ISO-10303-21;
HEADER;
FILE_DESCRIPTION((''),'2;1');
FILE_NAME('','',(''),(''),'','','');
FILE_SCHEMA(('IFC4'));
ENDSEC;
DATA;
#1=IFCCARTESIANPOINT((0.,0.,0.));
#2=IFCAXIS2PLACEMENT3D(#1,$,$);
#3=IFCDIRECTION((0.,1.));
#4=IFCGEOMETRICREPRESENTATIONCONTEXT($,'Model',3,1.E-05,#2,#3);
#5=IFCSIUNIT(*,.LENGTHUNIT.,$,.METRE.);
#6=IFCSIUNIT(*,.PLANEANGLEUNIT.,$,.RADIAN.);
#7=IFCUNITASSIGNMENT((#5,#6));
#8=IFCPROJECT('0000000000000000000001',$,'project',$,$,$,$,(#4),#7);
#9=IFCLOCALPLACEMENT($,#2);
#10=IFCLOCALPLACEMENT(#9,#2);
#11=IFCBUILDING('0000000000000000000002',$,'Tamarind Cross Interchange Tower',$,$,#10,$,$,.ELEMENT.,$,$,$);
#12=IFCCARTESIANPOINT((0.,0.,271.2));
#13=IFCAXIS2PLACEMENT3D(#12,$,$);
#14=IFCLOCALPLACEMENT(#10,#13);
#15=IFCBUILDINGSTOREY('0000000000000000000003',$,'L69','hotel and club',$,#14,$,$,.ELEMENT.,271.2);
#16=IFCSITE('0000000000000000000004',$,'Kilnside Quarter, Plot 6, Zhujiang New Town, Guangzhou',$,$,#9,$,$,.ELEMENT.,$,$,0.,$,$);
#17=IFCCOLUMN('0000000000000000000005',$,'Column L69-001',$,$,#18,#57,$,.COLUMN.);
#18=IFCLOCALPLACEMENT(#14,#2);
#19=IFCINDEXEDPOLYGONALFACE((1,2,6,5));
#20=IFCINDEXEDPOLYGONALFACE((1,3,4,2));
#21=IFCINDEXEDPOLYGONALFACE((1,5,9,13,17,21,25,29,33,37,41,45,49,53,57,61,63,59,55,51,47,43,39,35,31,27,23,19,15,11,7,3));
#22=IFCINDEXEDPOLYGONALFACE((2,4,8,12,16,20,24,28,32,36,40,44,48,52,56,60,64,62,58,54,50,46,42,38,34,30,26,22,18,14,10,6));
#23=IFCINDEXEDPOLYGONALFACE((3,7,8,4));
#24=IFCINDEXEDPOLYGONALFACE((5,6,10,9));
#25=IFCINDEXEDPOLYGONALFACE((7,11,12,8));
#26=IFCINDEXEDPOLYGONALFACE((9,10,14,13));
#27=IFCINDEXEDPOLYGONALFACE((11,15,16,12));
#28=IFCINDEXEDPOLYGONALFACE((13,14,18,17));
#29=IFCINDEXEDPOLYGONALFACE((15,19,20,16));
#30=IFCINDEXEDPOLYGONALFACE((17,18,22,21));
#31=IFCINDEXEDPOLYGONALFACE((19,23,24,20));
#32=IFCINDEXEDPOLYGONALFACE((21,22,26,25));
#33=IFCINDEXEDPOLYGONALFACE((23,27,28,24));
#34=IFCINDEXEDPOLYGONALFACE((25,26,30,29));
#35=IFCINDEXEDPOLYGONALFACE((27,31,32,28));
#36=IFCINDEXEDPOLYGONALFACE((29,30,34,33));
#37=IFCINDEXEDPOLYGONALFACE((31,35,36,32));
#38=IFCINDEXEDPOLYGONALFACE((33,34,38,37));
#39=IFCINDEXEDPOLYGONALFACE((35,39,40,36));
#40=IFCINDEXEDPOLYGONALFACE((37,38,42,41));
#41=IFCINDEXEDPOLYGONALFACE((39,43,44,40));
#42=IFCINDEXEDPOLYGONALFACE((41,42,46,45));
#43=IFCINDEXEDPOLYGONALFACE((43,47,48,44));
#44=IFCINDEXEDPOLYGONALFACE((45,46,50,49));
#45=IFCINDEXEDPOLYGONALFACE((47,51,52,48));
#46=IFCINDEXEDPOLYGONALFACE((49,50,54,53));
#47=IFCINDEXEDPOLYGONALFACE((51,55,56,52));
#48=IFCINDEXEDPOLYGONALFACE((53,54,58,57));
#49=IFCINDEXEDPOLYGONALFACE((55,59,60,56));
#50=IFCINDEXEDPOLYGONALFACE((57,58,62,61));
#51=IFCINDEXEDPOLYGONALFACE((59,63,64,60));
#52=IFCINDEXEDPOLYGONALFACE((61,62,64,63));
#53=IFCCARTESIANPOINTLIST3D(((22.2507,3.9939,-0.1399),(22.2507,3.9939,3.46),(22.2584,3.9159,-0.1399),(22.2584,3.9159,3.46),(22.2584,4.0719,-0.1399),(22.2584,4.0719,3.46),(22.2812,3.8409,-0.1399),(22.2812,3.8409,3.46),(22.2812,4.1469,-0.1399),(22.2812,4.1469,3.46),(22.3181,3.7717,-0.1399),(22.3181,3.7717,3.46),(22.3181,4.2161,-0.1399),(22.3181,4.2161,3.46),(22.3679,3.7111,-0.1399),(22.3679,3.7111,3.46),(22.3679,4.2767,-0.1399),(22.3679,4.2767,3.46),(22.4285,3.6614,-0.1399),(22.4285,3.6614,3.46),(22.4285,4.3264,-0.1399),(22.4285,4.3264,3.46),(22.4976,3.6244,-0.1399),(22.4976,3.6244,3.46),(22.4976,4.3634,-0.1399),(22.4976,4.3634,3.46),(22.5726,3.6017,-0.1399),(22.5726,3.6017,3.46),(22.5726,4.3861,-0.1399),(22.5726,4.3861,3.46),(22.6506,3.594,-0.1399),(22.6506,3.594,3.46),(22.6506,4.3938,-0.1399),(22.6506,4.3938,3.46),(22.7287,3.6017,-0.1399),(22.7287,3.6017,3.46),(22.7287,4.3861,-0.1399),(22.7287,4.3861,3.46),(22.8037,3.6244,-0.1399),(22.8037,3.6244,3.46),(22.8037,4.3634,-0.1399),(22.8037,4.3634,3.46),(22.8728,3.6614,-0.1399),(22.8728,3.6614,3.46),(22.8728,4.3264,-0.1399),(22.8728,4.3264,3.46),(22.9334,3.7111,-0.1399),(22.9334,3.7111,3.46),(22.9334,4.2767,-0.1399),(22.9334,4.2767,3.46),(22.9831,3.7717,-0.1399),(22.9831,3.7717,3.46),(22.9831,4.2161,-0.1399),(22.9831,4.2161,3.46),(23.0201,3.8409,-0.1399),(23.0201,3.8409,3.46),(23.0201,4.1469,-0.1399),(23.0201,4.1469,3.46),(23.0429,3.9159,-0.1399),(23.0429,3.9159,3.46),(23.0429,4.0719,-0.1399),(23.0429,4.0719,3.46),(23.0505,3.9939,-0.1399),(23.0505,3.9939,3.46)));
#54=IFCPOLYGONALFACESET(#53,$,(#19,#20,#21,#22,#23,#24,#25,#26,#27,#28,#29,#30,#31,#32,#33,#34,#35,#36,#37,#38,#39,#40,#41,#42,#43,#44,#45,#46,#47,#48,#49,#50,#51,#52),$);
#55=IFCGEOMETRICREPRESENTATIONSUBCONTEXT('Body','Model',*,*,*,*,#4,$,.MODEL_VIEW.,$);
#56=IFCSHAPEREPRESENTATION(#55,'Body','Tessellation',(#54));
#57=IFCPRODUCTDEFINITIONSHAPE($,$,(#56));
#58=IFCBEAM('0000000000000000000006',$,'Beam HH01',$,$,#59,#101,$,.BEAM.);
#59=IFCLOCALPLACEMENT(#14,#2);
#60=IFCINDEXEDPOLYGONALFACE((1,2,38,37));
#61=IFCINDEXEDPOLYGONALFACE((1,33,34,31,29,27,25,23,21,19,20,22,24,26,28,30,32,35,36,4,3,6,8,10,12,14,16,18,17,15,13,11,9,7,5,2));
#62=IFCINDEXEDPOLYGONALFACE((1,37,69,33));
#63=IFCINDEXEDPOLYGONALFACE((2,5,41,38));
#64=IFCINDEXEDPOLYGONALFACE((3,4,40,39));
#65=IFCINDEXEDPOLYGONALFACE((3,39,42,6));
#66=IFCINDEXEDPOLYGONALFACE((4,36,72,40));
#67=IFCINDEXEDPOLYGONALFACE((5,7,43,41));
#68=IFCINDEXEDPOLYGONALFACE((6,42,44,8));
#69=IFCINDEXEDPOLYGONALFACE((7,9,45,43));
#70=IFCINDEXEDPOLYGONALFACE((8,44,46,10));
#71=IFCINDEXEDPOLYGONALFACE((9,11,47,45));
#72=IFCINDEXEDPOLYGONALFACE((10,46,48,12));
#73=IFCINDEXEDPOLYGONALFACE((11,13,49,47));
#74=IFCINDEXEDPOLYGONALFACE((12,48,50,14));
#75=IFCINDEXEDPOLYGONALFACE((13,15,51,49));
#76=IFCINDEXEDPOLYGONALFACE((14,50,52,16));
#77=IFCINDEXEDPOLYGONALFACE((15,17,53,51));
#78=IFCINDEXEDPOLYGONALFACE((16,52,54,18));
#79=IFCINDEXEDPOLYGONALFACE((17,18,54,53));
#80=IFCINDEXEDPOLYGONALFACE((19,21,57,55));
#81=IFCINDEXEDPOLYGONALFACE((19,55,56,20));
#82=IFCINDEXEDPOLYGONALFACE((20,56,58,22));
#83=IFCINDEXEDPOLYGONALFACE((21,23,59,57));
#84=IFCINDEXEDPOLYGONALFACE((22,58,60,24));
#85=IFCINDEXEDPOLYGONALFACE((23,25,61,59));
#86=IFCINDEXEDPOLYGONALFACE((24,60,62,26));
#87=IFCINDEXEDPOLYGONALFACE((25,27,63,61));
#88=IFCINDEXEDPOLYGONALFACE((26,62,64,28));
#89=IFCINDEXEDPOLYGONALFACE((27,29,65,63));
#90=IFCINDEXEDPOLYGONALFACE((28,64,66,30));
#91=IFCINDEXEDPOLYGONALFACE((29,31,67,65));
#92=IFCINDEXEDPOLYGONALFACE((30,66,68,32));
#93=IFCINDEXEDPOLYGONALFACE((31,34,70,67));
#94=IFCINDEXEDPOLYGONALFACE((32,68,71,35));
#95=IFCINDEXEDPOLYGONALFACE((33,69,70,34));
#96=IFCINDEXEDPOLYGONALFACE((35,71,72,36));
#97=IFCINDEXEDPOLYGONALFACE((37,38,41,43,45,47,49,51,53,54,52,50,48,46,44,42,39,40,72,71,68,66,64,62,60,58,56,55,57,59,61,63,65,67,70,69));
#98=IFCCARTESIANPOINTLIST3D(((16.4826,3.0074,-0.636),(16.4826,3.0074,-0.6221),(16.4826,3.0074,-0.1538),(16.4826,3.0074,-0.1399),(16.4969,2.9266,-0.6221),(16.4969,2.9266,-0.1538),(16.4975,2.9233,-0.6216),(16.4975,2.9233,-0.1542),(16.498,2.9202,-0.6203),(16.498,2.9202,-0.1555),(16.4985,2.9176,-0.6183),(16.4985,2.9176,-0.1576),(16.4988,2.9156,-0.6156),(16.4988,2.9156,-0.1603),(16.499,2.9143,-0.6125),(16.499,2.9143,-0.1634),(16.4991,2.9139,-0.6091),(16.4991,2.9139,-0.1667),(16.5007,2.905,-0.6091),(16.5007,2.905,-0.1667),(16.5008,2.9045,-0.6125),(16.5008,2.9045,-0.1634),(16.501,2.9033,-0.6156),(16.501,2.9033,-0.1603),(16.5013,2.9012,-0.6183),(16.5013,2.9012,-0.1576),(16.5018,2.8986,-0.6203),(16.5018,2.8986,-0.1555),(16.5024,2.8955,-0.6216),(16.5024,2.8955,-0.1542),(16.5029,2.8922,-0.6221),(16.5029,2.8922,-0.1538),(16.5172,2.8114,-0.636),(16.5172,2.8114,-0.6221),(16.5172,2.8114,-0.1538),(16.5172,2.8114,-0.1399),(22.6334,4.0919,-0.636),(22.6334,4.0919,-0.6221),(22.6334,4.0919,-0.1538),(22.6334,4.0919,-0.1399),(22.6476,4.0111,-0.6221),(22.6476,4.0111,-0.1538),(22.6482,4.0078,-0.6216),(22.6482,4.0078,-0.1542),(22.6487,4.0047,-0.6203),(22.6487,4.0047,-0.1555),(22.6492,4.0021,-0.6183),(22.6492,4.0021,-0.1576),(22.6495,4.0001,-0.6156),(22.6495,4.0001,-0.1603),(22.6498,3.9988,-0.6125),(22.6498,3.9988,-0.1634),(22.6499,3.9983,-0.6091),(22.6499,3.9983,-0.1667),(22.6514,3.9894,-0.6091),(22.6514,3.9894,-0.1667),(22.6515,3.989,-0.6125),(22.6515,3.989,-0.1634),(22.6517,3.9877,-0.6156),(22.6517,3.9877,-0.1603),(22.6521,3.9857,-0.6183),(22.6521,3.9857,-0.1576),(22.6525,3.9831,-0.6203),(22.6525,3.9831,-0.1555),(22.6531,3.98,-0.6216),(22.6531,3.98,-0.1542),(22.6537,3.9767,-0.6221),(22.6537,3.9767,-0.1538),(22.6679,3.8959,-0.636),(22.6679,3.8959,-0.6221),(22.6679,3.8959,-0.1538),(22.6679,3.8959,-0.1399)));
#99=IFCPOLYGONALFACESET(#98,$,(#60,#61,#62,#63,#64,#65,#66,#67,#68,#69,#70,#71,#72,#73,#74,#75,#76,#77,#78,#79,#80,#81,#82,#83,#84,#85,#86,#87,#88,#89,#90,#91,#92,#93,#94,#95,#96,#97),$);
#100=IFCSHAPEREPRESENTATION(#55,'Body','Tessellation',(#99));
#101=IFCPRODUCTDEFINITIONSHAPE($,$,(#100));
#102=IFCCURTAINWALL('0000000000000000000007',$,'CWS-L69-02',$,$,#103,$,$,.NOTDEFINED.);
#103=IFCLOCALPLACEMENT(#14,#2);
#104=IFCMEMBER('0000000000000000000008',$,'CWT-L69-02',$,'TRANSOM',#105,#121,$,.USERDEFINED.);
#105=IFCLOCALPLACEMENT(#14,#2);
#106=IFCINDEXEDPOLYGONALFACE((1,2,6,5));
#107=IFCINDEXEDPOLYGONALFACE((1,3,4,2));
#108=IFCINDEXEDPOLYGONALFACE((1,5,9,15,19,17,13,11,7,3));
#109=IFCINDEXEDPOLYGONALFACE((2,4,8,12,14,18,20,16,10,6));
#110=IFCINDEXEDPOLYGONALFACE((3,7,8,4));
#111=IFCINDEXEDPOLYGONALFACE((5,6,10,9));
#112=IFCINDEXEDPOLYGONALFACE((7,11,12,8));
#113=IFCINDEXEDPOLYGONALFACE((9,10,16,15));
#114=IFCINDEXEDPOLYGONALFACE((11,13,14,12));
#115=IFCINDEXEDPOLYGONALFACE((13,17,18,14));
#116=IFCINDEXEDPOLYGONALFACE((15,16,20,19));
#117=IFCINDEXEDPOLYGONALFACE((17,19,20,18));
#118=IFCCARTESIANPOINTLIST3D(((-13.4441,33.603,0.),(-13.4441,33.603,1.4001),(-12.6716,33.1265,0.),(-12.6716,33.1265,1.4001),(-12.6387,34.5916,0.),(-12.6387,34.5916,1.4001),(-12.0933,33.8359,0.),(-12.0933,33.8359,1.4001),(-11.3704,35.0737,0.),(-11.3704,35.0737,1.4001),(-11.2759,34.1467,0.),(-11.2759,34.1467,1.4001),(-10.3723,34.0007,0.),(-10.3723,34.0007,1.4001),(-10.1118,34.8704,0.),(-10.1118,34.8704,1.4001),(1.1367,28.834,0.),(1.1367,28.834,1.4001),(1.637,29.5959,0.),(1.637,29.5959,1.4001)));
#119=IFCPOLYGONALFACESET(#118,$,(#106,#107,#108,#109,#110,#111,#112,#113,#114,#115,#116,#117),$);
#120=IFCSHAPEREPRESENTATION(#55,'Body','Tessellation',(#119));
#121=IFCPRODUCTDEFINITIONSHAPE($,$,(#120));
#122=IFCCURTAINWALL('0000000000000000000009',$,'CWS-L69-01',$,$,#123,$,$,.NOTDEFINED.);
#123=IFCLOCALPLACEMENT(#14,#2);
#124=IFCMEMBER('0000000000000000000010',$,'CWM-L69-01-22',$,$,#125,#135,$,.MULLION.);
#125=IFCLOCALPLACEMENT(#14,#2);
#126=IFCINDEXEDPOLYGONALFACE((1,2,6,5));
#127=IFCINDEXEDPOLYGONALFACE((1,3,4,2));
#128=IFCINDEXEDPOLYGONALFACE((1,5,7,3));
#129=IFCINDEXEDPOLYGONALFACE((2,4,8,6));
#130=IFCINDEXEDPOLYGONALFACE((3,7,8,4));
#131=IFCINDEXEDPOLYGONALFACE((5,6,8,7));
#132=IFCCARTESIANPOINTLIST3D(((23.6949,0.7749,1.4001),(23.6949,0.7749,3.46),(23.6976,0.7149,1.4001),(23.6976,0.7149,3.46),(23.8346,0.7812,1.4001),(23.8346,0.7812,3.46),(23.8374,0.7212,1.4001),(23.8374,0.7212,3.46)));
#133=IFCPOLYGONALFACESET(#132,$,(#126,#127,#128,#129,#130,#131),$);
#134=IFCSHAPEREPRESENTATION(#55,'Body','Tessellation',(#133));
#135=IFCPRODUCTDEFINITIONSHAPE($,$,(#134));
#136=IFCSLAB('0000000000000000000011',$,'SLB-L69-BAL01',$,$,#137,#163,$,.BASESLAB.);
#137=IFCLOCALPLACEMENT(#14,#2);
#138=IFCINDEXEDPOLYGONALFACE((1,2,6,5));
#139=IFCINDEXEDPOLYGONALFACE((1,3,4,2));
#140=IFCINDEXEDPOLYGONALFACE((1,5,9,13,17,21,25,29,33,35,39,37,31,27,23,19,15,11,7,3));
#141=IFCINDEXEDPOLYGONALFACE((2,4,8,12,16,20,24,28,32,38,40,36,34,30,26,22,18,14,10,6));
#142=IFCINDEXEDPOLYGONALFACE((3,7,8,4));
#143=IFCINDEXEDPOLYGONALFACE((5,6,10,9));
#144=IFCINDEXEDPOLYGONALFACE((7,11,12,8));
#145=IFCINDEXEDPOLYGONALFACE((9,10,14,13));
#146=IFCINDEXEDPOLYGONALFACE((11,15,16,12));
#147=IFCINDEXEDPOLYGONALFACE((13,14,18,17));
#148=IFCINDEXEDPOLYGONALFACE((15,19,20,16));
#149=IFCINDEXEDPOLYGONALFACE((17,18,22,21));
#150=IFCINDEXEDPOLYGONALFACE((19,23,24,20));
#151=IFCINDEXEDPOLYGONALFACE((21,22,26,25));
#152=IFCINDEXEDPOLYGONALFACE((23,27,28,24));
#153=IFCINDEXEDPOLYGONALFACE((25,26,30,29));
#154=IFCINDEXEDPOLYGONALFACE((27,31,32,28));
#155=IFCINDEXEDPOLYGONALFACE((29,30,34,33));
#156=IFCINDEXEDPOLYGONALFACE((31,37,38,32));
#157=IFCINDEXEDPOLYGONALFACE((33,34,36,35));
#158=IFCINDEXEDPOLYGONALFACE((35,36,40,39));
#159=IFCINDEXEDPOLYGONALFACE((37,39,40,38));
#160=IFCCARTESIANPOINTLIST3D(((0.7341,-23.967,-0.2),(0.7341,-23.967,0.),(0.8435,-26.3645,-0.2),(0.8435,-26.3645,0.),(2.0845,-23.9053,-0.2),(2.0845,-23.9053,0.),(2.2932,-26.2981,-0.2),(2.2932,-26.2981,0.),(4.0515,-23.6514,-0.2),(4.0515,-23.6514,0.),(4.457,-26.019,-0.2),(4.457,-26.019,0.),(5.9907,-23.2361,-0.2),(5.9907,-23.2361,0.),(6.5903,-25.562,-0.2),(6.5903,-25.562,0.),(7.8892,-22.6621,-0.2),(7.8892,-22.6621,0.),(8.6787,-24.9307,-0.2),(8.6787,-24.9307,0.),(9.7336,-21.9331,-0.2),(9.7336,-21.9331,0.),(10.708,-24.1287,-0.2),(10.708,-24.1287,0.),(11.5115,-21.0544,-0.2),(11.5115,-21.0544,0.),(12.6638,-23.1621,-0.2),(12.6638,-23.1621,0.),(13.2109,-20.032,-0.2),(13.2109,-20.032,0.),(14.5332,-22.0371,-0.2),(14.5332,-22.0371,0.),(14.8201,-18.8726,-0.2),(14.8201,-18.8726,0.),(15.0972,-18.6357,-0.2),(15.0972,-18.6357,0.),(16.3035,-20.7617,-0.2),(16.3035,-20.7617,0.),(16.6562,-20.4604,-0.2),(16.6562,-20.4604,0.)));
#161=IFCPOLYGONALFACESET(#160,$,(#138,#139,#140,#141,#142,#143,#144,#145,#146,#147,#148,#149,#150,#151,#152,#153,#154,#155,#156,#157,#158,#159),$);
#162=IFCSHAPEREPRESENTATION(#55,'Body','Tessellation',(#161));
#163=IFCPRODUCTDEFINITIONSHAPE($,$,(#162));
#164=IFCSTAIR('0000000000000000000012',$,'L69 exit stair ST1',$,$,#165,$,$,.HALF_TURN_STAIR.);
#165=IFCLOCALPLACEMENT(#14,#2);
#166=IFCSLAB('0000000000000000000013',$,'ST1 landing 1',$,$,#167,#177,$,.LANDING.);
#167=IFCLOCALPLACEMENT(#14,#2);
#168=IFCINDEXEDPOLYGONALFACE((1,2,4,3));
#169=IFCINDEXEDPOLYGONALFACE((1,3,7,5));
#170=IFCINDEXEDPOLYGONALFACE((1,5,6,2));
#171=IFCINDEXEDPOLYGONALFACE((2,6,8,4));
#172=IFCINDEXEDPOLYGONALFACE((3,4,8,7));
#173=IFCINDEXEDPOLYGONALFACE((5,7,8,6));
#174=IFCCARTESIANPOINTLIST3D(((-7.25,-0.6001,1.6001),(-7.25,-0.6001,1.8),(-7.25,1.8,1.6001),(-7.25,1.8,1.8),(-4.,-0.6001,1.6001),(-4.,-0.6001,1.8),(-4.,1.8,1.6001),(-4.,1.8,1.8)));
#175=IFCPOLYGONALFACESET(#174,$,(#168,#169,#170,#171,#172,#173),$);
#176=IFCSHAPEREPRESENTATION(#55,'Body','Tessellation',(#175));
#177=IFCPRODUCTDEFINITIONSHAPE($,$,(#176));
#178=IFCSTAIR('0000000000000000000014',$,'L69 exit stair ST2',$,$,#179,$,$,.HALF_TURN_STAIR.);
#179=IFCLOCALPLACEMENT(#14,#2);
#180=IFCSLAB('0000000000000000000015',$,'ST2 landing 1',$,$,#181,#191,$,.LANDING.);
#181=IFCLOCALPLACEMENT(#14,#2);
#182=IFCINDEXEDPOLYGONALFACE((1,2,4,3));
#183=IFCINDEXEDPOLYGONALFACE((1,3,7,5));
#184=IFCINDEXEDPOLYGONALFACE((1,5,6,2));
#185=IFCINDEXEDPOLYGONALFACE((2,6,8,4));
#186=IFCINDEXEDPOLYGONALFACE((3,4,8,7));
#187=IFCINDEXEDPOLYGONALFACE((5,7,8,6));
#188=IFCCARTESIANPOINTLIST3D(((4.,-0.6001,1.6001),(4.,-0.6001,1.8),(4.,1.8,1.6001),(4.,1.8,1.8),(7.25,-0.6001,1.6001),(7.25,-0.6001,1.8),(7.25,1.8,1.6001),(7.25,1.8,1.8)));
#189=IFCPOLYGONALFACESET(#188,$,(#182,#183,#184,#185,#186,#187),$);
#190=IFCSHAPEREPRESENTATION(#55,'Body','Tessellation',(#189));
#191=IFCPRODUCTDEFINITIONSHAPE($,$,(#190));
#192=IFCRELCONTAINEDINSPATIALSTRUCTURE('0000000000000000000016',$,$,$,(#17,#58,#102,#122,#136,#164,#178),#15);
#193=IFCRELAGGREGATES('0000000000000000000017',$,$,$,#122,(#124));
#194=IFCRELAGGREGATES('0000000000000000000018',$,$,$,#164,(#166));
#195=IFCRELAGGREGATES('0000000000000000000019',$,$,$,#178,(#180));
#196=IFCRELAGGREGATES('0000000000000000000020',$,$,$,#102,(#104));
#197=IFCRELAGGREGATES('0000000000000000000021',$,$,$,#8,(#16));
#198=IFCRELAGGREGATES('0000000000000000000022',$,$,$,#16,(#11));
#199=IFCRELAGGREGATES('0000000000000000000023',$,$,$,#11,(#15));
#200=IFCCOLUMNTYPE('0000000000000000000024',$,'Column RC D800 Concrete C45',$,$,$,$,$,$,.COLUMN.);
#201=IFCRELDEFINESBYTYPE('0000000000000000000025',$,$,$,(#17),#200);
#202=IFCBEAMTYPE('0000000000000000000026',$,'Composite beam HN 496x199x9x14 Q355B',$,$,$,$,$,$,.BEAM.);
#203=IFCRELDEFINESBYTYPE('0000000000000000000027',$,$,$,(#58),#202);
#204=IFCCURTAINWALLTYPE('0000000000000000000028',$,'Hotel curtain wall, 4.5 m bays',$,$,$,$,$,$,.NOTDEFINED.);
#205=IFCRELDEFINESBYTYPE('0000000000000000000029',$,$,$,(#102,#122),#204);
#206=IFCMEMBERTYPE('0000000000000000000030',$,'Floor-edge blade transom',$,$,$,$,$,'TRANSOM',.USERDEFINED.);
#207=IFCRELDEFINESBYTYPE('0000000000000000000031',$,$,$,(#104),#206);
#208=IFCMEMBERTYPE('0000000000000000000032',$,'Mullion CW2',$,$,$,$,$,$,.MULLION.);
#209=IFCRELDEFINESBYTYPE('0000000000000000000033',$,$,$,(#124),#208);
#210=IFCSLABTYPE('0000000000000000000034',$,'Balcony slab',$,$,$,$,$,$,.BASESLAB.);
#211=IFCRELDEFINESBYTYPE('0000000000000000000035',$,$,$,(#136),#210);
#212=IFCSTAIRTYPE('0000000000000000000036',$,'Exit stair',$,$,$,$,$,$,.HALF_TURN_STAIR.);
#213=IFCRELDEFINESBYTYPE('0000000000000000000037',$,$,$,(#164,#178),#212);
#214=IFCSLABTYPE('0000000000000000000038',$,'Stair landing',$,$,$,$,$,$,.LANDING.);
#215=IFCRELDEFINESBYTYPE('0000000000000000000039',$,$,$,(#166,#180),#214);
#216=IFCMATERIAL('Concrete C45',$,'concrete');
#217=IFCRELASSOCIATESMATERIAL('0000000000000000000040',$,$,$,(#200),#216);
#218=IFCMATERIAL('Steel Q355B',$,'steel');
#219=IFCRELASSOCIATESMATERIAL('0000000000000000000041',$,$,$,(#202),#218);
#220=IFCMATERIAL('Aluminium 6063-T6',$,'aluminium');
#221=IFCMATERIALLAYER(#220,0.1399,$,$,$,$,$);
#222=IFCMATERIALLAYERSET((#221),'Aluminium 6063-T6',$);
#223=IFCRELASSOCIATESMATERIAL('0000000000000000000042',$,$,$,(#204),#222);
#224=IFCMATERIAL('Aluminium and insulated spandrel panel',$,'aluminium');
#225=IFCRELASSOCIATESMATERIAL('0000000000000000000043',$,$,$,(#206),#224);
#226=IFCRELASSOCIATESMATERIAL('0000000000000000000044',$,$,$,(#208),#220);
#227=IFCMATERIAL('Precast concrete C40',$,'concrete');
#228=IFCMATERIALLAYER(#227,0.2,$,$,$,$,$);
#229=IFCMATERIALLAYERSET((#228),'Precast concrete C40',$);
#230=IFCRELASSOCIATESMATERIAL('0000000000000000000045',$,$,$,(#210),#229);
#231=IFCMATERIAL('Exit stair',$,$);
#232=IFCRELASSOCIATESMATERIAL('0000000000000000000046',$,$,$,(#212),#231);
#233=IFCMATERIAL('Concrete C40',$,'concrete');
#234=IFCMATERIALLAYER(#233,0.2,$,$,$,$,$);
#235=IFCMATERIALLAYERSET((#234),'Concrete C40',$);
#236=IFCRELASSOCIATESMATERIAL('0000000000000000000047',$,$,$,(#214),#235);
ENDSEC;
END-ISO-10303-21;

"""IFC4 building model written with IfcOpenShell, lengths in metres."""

from ifc_helpers import new_model, si_unit, direction, frame, origin, origin_2d, place, context, subcontext, project, spatial, polyline, rectangle, circle, i_section, outline, extrude, material, layer, layer_set, material_profile, profile_set, type_object, element, aggregate, save


model = new_model("IFC4")

# Units and contexts
model_context = context("Model", 3, precision=1e-05, world=origin(), true_north=direction((0.0, 1.0)))
body_context = subcontext(model_context, "Body", "Model", "MODEL_VIEW")
ifc_project = project(units=[si_unit("LENGTHUNIT", "METRE"), si_unit("PLANEANGLEUNIT", "RADIAN")], contexts=[model_context])

# Site, building, storey
site_placement = place(None, origin())
site = spatial("IfcSite", under=ifc_project, at=site_placement, Name="Kilnside Quarter, Plot 6, Zhujiang New Town, Guangzhou", CompositionType="ELEMENT", RefElevation=0.0)
building_placement = place(site_placement, origin())
building = spatial("IfcBuilding", under=site, at=building_placement, Name="Tamarind Cross Interchange Tower", CompositionType="ELEMENT")
storey_placement = place(building_placement, frame((0.0, 0.0, 271.2)))
storey = spatial("IfcBuildingStorey", under=building, at=storey_placement, Name="L69", Description="hotel and club", CompositionType="ELEMENT", Elevation=271.2)

# Column
ifc_material_1 = material(Name="Concrete C45", Category="concrete")
ifc_material_profile_1 = material_profile(ifc_material_1, circle(Radius=0.3999, at=origin_2d()), Name="RC D800")
ifc_profile_set_1 = profile_set([ifc_material_profile_1], Name="Concrete C45")
column_type = type_object("IfcColumnType", Name="Column RC D800 Concrete C45", PredefinedType="COLUMN", material=ifc_profile_set_1)
column_placement = place(storey_placement, frame((22.6506, 3.9939, -0.1399), z_axis=(0.0, 0.0, 1.0), x_axis=(1.0, 0.0, 0.0)))
element("IfcColumn", 1, at=column_placement, inside=storey, type_object=column_type, Name="Column L69-001", PredefinedType="COLUMN", context=body_context, shape_type="SweptSolid", body=[
    extrude(circle(Radius=0.3999, at=origin_2d()), origin(), (0.0, 0.0, 1.0), 3.5999),
])

# Beam
ifc_material_2 = material(Name="Steel Q355B", Category="steel")
ifc_material_profile_2 = material_profile(ifc_material_2, i_section(OverallWidth=0.199, OverallDepth=0.4961, WebThickness=0.009, FlangeThickness=0.0139, FilletRadius=0.0129, at=origin_2d()), Name="HN 496x199x9x14")
ifc_profile_set_2 = profile_set([ifc_material_profile_2], Name="Steel Q355B")
beam_type = type_object("IfcBeamType", Name="Composite beam HN 496x199x9x14 Q355B", PredefinedType="BEAM", material=ifc_profile_set_2)
beam_placement = place(storey_placement, frame((22.6506, 3.9939, -0.3879), z_axis=(-0.984809, -0.17364, 0.0), x_axis=(0.17364, -0.984809, 0.0)))
element("IfcBeam", 2, at=beam_placement, inside=storey, type_object=beam_type, Name="Beam HH01", PredefinedType="BEAM", context=body_context, shape_type="SweptSolid", body=[
    extrude(i_section(OverallWidth=0.199, OverallDepth=0.4961, WebThickness=0.009, FlangeThickness=0.0139, FilletRadius=0.0129, at=origin_2d()), origin(), (0.0, 0.0, 1.0), 6.2456),
])

# Curtain walls, members
ifc_material_3 = material(Name="Aluminium 6063-T6", Category="aluminium")
ifc_layer_1 = layer(ifc_material_3, 0.1399)
ifc_layer_set_1 = layer_set([ifc_layer_1], Name="Aluminium 6063-T6")
curtain_wall_type = type_object("IfcCurtainWallType", Name="Hotel curtain wall, 4.5 m bays", PredefinedType="NOTDEFINED", material=ifc_layer_set_1)
curtain_wall_1_placement = place(storey_placement, origin())
curtain_wall_1 = element("IfcCurtainWall", 3, at=curtain_wall_1_placement, inside=storey, type_object=curtain_wall_type, Name="CWS-L69-02", PredefinedType="NOTDEFINED")
ifc_material_4 = material(Name="Aluminium and insulated spandrel panel", Category="aluminium")
member_type_1 = type_object("IfcMemberType", Name="Floor-edge blade transom", ElementType="TRANSOM", PredefinedType="USERDEFINED", material=ifc_material_4)
member_1_placement = place(storey_placement, origin())
member_1 = element("IfcMember", 4, at=member_1_placement, type_object=member_type_1, Name="CWT-L69-02", ObjectType="TRANSOM", PredefinedType="USERDEFINED", context=body_context, shape_type="SweptSolid", body=[
    extrude(outline(polyline([(1.1367, 28.834), (-10.3723, 34.0007), (-11.2759, 34.1467), (-12.0933, 33.8359), (-12.6716, 33.1265), (-13.4441, 33.603), (-12.6387, 34.5916), (-11.3704, 35.0737), (-10.1118, 34.8704), (1.637, 29.5959), (1.1367, 28.834)])), origin(), (0.0, 0.0, 1.0), 1.4001),
])
curtain_wall_2_placement = place(storey_placement, origin())
curtain_wall_2 = element("IfcCurtainWall", 5, at=curtain_wall_2_placement, inside=storey, type_object=curtain_wall_type, Name="CWS-L69-01", PredefinedType="NOTDEFINED")
ifc_material_profile_3 = material_profile(ifc_material_3, rectangle(XDim=0.0601, YDim=0.1399, at=origin_2d()), Name="Mullion CW2")
ifc_profile_set_3 = profile_set([ifc_material_profile_3], Name="Aluminium 6063-T6")
member_type_2 = type_object("IfcMemberType", Name="Mullion CW2", PredefinedType="MULLION", material=ifc_profile_set_3)
member_2_placement = place(storey_placement, frame((23.7661, 0.748, 1.4001), z_axis=(0.0, 0.0, 1.0), x_axis=(-0.045624, 0.998959, 0.0)))
member_2 = element("IfcMember", 6, at=member_2_placement, type_object=member_type_2, Name="CWM-L69-01-22", PredefinedType="MULLION", context=body_context, shape_type="SweptSolid", body=[
    extrude(rectangle(XDim=0.0601, YDim=0.1399, at=origin_2d()), origin(), (0.0, 0.0, 1.0), 2.0598),
])
aggregate(curtain_wall_2, [member_2])

# Slab
ifc_material_5 = material(Name="Precast concrete C40", Category="concrete")
ifc_layer_2 = layer(ifc_material_5, 0.2)
ifc_layer_set_2 = layer_set([ifc_layer_2], Name="Precast concrete C40")
slab_type_1 = type_object("IfcSlabType", Name="Balcony slab", PredefinedType="BASESLAB", material=ifc_layer_set_2)
slab_1_placement = place(storey_placement, frame((0.0, 0.0, -0.2)))
element("IfcSlab", 7, at=slab_1_placement, inside=storey, type_object=slab_type_1, Name="SLB-L69-BAL01", PredefinedType="BASESLAB", context=body_context, shape_type="SweptSolid", body=[
    extrude(outline(polyline([(0.7341, -23.967), (2.0845, -23.9053), (4.0515, -23.6514), (5.9907, -23.2361), (7.8892, -22.6621), (9.7336, -21.9331), (11.5115, -21.0544), (13.2109, -20.032), (14.8201, -18.8726), (15.0972, -18.6357), (16.6562, -20.4604), (16.3035, -20.7617), (14.5332, -22.0371), (12.6638, -23.1621), (10.708, -24.1287), (8.6787, -24.9307), (6.5903, -25.562), (4.457, -26.019), (2.2932, -26.2981), (0.8435, -26.3645), (0.7341, -23.967)])), origin(), (0.0, 0.0, 1.0), 0.2),
])

# Stairs, slabs
ifc_material_6 = material(Name="Exit stair")
stair_type = type_object("IfcStairType", Name="Exit stair", PredefinedType="HALF_TURN_STAIR", material=ifc_material_6)
stair_1_placement = place(storey_placement, origin())
stair_1 = element("IfcStair", 8, at=stair_1_placement, inside=storey, type_object=stair_type, Name="L69 exit stair ST1", PredefinedType="HALF_TURN_STAIR")
ifc_material_7 = material(Name="Concrete C40", Category="concrete")
ifc_layer_3 = layer(ifc_material_7, 0.2)
ifc_layer_set_3 = layer_set([ifc_layer_3], Name="Concrete C40")
slab_type_2 = type_object("IfcSlabType", Name="Stair landing", PredefinedType="LANDING", material=ifc_layer_set_3)
slab_2_placement = place(storey_placement, frame((0.0, 0.0, 1.6001)))
slab_2 = element("IfcSlab", 9, at=slab_2_placement, type_object=slab_type_2, Name="ST1 landing 1", PredefinedType="LANDING", context=body_context, shape_type="SweptSolid", body=[
    extrude(outline(polyline([(-4.0, -0.6001), (-4.0, 1.8), (-7.25, 1.8), (-7.25, -0.6001), (-4.0, -0.6001)])), origin(), (0.0, 0.0, 1.0), 0.2),
])
aggregate(stair_1, [slab_2])
stair_2_placement = place(storey_placement, origin())
stair_2 = element("IfcStair", 10, at=stair_2_placement, inside=storey, type_object=stair_type, Name="L69 exit stair ST2", PredefinedType="HALF_TURN_STAIR")
slab_3_placement = place(storey_placement, frame((0.0, 0.0, 1.6001)))
slab_3 = element("IfcSlab", 11, at=slab_3_placement, type_object=slab_type_2, Name="ST2 landing 1", PredefinedType="LANDING", context=body_context, shape_type="SweptSolid", body=[
    extrude(outline(polyline([(7.25, -0.6001), (7.25, 1.8), (4.0, 1.8), (4.0, -0.6001), (7.25, -0.6001)])), origin(), (0.0, 0.0, 1.0), 0.2),
])
aggregate(stair_2, [slab_3])

aggregate(curtain_wall_1, [member_1])

save(model, "model.ifc")
